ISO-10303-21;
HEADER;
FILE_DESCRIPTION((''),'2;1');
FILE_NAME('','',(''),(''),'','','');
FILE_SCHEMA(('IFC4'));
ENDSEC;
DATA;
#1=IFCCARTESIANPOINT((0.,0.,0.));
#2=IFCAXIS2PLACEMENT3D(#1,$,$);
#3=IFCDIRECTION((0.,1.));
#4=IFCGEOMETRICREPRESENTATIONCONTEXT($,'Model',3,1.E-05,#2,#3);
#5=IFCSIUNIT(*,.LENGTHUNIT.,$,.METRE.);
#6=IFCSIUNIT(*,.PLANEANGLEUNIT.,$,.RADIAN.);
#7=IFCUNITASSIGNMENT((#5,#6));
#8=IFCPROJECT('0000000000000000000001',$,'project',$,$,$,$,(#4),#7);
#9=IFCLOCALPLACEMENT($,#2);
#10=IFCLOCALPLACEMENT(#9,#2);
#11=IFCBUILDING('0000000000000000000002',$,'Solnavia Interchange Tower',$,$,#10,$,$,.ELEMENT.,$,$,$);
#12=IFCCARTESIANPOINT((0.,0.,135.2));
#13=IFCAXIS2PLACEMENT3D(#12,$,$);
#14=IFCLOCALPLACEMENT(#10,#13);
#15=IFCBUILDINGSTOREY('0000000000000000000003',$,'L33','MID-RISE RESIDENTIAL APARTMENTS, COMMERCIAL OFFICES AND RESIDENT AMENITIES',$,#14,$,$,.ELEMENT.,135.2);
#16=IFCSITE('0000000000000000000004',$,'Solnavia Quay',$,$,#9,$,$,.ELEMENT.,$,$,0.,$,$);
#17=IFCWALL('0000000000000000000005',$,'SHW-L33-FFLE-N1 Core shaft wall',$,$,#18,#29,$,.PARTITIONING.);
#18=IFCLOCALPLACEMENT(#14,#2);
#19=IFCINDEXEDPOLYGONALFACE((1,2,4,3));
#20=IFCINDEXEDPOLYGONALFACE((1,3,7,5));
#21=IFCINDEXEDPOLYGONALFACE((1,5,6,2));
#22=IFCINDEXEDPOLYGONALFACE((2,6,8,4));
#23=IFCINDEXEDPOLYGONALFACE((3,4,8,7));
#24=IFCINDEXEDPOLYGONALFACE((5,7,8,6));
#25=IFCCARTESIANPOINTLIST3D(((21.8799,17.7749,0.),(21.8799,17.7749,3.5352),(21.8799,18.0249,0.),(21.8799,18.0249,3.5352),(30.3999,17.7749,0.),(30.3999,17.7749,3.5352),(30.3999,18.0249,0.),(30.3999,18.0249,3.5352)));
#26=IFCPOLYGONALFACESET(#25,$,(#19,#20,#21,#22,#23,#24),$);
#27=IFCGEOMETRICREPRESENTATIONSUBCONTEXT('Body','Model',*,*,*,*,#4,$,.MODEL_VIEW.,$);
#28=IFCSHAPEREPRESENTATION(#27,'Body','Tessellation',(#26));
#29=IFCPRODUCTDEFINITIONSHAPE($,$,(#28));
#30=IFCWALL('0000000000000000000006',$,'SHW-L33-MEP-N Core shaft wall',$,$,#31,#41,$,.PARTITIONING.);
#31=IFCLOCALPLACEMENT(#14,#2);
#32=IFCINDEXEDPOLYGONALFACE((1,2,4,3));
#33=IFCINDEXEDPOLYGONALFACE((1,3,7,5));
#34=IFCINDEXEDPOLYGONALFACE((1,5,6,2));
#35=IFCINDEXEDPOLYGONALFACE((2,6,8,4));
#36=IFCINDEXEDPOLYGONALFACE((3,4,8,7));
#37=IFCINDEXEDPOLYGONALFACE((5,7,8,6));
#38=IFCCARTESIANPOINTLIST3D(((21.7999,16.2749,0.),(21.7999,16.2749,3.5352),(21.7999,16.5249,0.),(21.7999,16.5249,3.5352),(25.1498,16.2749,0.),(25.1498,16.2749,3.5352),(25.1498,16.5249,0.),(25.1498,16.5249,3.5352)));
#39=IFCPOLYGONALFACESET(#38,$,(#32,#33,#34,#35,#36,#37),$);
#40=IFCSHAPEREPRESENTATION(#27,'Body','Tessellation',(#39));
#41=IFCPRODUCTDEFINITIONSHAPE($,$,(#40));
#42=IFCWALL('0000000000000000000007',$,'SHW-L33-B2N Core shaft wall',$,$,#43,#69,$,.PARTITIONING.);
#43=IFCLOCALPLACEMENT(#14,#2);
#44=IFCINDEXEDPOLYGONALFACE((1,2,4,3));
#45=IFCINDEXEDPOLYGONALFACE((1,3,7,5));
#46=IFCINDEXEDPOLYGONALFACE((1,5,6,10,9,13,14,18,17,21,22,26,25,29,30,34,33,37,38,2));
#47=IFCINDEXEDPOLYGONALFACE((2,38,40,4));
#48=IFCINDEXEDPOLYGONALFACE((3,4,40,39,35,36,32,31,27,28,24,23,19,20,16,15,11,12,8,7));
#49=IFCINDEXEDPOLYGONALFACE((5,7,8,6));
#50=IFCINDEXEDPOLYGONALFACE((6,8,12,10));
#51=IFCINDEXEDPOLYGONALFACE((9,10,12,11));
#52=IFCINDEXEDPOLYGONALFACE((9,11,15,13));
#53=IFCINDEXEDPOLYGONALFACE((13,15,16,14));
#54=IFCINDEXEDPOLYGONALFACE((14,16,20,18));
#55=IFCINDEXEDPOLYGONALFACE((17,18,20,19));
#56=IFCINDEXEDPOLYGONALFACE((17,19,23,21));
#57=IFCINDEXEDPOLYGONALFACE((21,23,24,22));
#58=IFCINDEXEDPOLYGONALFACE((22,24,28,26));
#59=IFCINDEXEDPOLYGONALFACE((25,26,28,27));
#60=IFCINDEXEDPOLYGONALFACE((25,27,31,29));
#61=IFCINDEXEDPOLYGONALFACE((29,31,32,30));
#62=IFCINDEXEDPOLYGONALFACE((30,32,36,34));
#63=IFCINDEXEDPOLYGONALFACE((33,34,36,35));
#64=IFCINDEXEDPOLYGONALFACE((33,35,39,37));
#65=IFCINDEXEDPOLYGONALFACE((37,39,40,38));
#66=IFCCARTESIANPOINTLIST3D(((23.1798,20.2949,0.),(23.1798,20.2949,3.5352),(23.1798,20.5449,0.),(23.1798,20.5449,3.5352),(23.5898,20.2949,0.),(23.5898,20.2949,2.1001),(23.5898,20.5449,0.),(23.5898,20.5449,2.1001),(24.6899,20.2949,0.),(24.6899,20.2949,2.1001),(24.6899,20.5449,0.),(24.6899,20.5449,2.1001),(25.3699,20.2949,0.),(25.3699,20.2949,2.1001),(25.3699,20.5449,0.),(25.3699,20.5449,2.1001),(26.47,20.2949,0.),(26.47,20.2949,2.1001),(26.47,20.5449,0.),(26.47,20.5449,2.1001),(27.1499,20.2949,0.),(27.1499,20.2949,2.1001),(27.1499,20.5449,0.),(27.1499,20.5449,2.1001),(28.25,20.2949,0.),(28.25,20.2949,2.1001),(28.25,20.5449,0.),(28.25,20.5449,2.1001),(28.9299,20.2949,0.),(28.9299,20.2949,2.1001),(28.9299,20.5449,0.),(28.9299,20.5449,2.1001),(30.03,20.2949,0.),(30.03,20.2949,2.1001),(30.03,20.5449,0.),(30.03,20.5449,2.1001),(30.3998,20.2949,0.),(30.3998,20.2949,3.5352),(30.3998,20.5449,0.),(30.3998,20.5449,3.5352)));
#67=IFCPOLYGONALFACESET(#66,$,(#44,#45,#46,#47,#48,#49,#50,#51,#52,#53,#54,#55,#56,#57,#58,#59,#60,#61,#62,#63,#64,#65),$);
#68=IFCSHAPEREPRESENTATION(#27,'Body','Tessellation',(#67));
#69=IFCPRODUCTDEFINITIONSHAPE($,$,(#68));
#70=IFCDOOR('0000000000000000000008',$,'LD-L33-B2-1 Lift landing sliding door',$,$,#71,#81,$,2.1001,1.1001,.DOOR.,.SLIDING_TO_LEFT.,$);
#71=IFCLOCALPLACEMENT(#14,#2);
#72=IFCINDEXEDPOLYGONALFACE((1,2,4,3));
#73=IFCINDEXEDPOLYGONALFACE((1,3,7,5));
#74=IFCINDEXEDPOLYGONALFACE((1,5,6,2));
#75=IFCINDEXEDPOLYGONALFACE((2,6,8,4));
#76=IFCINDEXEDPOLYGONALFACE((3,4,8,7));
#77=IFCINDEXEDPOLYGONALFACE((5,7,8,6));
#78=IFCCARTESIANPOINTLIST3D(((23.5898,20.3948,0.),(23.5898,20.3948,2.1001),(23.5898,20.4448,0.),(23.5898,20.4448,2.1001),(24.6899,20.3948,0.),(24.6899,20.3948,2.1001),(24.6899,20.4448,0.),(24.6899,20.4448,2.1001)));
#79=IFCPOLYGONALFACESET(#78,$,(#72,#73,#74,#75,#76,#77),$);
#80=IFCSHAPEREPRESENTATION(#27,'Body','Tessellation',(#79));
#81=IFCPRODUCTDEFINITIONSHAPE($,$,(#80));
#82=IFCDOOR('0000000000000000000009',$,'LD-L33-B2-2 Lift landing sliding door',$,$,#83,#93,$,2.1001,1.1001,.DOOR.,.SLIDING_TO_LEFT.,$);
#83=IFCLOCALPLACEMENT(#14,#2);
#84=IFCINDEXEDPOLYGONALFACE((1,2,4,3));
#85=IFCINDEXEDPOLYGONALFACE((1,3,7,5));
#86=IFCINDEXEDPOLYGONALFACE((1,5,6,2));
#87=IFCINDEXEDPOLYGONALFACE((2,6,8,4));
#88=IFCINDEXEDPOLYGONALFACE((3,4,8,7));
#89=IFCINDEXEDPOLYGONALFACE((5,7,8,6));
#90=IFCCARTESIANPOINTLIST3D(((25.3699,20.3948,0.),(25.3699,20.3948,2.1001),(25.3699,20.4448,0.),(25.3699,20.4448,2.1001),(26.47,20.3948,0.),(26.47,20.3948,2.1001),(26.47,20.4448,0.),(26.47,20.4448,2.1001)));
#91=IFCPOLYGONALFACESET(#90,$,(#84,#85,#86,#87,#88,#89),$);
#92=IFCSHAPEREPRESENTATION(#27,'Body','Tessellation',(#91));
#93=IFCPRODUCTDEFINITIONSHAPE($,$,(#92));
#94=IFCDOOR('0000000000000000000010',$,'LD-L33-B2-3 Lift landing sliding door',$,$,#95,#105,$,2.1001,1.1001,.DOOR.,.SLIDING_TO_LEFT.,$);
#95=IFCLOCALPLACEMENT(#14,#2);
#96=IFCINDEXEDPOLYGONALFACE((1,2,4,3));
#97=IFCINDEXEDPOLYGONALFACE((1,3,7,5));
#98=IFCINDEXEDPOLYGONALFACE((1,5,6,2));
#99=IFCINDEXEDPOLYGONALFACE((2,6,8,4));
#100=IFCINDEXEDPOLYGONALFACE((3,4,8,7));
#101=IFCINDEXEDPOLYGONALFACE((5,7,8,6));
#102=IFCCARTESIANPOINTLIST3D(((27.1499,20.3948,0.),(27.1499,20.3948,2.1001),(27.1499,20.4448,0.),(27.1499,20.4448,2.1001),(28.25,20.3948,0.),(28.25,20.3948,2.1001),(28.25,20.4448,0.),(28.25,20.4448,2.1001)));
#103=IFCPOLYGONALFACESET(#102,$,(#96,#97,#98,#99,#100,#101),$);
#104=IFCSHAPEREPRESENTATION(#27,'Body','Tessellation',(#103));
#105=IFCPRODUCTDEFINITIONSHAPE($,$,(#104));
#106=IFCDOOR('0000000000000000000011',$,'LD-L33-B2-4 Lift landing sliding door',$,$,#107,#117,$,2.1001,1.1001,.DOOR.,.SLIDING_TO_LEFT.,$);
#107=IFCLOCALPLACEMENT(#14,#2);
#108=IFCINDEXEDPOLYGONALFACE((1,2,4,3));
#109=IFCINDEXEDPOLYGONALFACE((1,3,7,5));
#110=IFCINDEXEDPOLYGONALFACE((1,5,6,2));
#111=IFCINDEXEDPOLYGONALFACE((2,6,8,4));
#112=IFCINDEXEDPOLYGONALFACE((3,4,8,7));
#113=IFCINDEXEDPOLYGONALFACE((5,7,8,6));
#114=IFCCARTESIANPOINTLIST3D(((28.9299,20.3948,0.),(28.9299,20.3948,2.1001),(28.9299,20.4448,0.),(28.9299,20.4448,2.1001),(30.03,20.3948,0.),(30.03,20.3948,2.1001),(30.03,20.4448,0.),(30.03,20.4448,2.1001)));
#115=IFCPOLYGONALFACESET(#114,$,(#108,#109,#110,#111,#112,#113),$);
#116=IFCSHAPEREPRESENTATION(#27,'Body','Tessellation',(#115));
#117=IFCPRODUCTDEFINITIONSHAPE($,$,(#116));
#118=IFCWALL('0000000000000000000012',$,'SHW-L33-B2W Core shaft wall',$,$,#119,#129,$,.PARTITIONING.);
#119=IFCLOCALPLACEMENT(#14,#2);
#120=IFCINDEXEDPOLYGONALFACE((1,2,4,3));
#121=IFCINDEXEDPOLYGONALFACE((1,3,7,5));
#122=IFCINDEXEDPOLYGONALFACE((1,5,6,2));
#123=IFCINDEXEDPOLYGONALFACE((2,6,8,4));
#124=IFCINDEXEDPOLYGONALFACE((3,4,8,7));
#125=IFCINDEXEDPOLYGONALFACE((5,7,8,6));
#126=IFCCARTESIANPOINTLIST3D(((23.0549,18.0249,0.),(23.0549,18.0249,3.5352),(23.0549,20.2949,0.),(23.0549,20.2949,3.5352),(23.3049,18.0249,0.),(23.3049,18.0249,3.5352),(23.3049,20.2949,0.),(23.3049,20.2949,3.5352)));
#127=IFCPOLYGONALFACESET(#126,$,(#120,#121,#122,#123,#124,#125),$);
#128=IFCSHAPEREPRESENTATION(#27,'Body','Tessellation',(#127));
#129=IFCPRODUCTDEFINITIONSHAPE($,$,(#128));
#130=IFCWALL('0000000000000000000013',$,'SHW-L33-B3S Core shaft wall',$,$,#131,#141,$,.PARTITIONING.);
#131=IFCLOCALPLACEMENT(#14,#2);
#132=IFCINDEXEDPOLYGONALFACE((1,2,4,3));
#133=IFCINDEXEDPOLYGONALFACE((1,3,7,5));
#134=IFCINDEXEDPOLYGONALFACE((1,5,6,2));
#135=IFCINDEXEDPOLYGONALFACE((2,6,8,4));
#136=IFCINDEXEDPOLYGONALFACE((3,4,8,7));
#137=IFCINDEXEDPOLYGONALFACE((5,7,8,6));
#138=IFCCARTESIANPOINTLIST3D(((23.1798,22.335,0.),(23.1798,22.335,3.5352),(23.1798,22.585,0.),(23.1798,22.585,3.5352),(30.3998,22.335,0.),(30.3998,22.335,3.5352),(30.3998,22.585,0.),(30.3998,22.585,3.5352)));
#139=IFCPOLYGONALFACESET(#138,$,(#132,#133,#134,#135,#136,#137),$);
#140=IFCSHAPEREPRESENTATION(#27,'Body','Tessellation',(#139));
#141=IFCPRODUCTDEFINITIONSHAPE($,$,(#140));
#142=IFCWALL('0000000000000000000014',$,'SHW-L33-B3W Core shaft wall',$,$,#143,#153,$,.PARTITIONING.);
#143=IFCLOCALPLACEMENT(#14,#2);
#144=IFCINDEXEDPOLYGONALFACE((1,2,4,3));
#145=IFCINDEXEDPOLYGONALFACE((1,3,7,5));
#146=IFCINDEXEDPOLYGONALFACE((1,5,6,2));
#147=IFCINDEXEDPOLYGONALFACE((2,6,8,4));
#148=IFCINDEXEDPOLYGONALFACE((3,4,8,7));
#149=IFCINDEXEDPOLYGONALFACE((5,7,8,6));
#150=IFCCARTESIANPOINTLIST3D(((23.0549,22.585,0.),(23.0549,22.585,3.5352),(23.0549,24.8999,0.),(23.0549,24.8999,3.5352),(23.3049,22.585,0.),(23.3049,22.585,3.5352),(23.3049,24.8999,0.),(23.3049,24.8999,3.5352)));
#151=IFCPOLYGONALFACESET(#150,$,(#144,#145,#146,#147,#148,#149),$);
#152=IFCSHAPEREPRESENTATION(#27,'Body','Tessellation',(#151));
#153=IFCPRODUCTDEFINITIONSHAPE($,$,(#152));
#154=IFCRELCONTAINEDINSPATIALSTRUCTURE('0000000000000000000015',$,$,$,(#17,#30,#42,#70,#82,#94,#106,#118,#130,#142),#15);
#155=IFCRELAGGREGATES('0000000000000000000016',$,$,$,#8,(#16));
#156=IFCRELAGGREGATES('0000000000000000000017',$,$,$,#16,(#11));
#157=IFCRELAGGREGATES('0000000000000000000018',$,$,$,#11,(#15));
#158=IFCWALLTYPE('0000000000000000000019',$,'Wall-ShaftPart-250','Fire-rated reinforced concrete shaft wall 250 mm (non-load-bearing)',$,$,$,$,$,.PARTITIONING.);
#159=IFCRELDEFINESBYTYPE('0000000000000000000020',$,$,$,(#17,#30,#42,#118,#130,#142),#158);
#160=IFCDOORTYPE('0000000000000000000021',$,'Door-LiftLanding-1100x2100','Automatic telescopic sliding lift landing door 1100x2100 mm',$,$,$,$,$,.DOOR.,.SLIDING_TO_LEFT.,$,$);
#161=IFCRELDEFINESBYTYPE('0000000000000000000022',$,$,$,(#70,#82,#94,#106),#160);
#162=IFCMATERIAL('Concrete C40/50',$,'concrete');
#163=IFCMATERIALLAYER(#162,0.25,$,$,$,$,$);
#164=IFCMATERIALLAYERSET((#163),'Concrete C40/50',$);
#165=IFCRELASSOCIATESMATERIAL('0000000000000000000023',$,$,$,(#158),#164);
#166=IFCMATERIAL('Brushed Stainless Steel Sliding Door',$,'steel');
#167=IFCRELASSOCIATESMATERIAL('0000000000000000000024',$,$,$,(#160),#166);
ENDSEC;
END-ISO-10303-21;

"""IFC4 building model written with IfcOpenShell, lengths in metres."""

from ifc_helpers import new_model, si_unit, direction, frame, frame_2d, origin, place, context, subcontext, project, spatial, rectangle, extrude, material, layer, layer_set, type_object, element, fill, save


model = new_model("IFC4")

# Units and contexts
model_context = context("Model", 3, precision=1e-05, world=origin(), true_north=direction((0.0, 1.0)))
body_context = subcontext(model_context, "Body", "Model", "MODEL_VIEW")
ifc_project = project(units=[si_unit("LENGTHUNIT", "METRE"), si_unit("PLANEANGLEUNIT", "RADIAN")], contexts=[model_context])

# Site, building, storey
site_placement = place(None, origin())
site = spatial("IfcSite", under=ifc_project, at=site_placement, Name="Solnavia Quay", CompositionType="ELEMENT", RefElevation=0.0)
building_placement = place(site_placement, origin())
building = spatial("IfcBuilding", under=site, at=building_placement, Name="Solnavia Interchange Tower", CompositionType="ELEMENT")
storey_placement = place(building_placement, frame((0.0, 0.0, 135.2)))
storey = spatial("IfcBuildingStorey", under=building, at=storey_placement, Name="L33", Description="MID-RISE RESIDENTIAL APARTMENTS, COMMERCIAL OFFICES AND RESIDENT AMENITIES", CompositionType="ELEMENT", Elevation=135.2)

# Shared definitions
ifc_material_1 = material(Name="Concrete C40/50", Category="concrete")

# Walls
ifc_layer_1 = layer(ifc_material_1, 0.25)
ifc_layer_set_1 = layer_set([ifc_layer_1], Name="Concrete C40/50")
wall_type_1 = type_object("IfcWallType", Name="Wall-ShaftPart-250", Description="Fire-rated reinforced concrete shaft wall 250 mm (non-load-bearing)", PredefinedType="PARTITIONING", material=ifc_layer_set_1)
wall_1_placement = place(storey_placement, frame((21.8799, 17.8999, 0.0), z_axis=(0.0, 0.0, 1.0), x_axis=(1.0, 0.0, 0.0)))
element("IfcWall", 1, at=wall_1_placement, inside=storey, type_object=wall_type_1, Name="SHW-L33-FFLE-N1 Core shaft wall", PredefinedType="PARTITIONING", context=body_context, shape_type="SweptSolid", body=[
    extrude(rectangle(XDim=8.52, YDim=0.25, at=frame_2d((4.26, 0.0))), origin(), (0.0, 0.0, 1.0), 3.5352),
])
wall_2_placement = place(storey_placement, frame((21.8, 16.3999, 0.0), z_axis=(0.0, 0.0, 1.0), x_axis=(1.0, 0.0, 0.0)))
element("IfcWall", 2, at=wall_2_placement, inside=storey, type_object=wall_type_1, Name="SHW-L33-MEP-N Core shaft wall", PredefinedType="PARTITIONING", context=body_context, shape_type="SweptSolid", body=[
    extrude(rectangle(XDim=3.3499, YDim=0.25, at=frame_2d((1.6748, 0.0))), origin(), (0.0, 0.0, 1.0), 3.5352),
])

# Wall, openings, doors
wall_3_placement = place(storey_placement, frame((23.1799, 20.4199, 0.0), z_axis=(0.0, 0.0, 1.0), x_axis=(1.0, 0.0, 0.0)))
wall_3 = element("IfcWall", 3, at=wall_3_placement, inside=storey, type_object=wall_type_1, Name="SHW-L33-B2N Core shaft wall", PredefinedType="PARTITIONING", context=body_context, shape_type="SweptSolid", body=[
    extrude(rectangle(XDim=7.22, YDim=0.25, at=frame_2d((3.6099, 0.0))), origin(), (0.0, 0.0, 1.0), 3.5352),
])
opening_1_placement = place(wall_3_placement, frame((0.4099, 0.0, 0.0)))
opening_1 = element("IfcOpeningElement", 4, at=opening_1_placement, cuts=wall_3, PredefinedType="OPENING", context=body_context, shape_type="SweptSolid", body=[
    extrude(rectangle(XDim=1.1001, YDim=2.1001, at=frame_2d((0.55, 1.05))), frame((0.0, 0.135, 0.0), z_axis=(0.0, -1.0, 0.0), x_axis=(1.0, 0.0, 0.0)), (0.0, 0.0, 1.0), 0.27),
])
opening_2_placement = place(wall_3_placement, frame((2.1899, 0.0, 0.0)))
opening_2 = element("IfcOpeningElement", 5, at=opening_2_placement, cuts=wall_3, PredefinedType="OPENING", context=body_context, shape_type="SweptSolid", body=[
    extrude(rectangle(XDim=1.1001, YDim=2.1001, at=frame_2d((0.55, 1.05))), frame((0.0, 0.135, 0.0), z_axis=(0.0, -1.0, 0.0), x_axis=(1.0, 0.0, 0.0)), (0.0, 0.0, 1.0), 0.27),
])
opening_3_placement = place(wall_3_placement, frame((3.97, 0.0, 0.0)))
opening_3 = element("IfcOpeningElement", 6, at=opening_3_placement, cuts=wall_3, PredefinedType="OPENING", context=body_context, shape_type="SweptSolid", body=[
    extrude(rectangle(XDim=1.1001, YDim=2.1001, at=frame_2d((0.55, 1.05))), frame((0.0, 0.135, 0.0), z_axis=(0.0, -1.0, 0.0), x_axis=(1.0, 0.0, 0.0)), (0.0, 0.0, 1.0), 0.27),
])
opening_4_placement = place(wall_3_placement, frame((5.75, 0.0, 0.0)))
opening_4 = element("IfcOpeningElement", 7, at=opening_4_placement, cuts=wall_3, PredefinedType="OPENING", context=body_context, shape_type="SweptSolid", body=[
    extrude(rectangle(XDim=1.1001, YDim=2.1001, at=frame_2d((0.55, 1.05))), frame((0.0, 0.135, 0.0), z_axis=(0.0, -1.0, 0.0), x_axis=(1.0, 0.0, 0.0)), (0.0, 0.0, 1.0), 0.27),
])
ifc_material_2 = material(Name="Brushed Stainless Steel Sliding Door", Category="steel")
door_type_1 = type_object("IfcDoorType", Name="Door-LiftLanding-1100x2100", Description="Automatic telescopic sliding lift landing door 1100x2100 mm", OperationType="SLIDING_TO_LEFT", PredefinedType="DOOR", material=ifc_material_2)
door_1_placement = place(opening_1_placement, origin())
door_1 = element("IfcDoor", 8, at=door_1_placement, inside=storey, type_object=door_type_1, Name="LD-L33-B2-1 Lift landing sliding door", OperationType="SLIDING_TO_LEFT", OverallHeight=2.1001, OverallWidth=1.1001, PredefinedType="DOOR", context=body_context, shape_type="SweptSolid", body=[
    extrude(rectangle(XDim=1.1001, YDim=2.1001, at=frame_2d((0.55, 1.05))), frame((0.0, 0.0249, 0.0), z_axis=(0.0, -1.0, 0.0), x_axis=(1.0, 0.0, 0.0)), (0.0, 0.0, 1.0), 0.05),
])
fill(opening_1, door_1)
door_2_placement = place(opening_2_placement, origin())
door_2 = element("IfcDoor", 9, at=door_2_placement, inside=storey, type_object=door_type_1, Name="LD-L33-B2-2 Lift landing sliding door", OperationType="SLIDING_TO_LEFT", OverallHeight=2.1001, OverallWidth=1.1001, PredefinedType="DOOR", context=body_context, shape_type="SweptSolid", body=[
    extrude(rectangle(XDim=1.1001, YDim=2.1001, at=frame_2d((0.55, 1.05))), frame((0.0, 0.0249, 0.0), z_axis=(0.0, -1.0, 0.0), x_axis=(1.0, 0.0, 0.0)), (0.0, 0.0, 1.0), 0.05),
])
fill(opening_2, door_2)
door_3_placement = place(opening_3_placement, origin())
door_3 = element("IfcDoor", 10, at=door_3_placement, inside=storey, type_object=door_type_1, Name="LD-L33-B2-3 Lift landing sliding door", OperationType="SLIDING_TO_LEFT", OverallHeight=2.1001, OverallWidth=1.1001, PredefinedType="DOOR", context=body_context, shape_type="SweptSolid", body=[
    extrude(rectangle(XDim=1.1001, YDim=2.1001, at=frame_2d((0.55, 1.05))), frame((0.0, 0.0249, 0.0), z_axis=(0.0, -1.0, 0.0), x_axis=(1.0, 0.0, 0.0)), (0.0, 0.0, 1.0), 0.05),
])
fill(opening_3, door_3)
door_4_placement = place(opening_4_placement, origin())
door_4 = element("IfcDoor", 11, at=door_4_placement, inside=storey, type_object=door_type_1, Name="LD-L33-B2-4 Lift landing sliding door", OperationType="SLIDING_TO_LEFT", OverallHeight=2.1001, OverallWidth=1.1001, PredefinedType="DOOR", context=body_context, shape_type="SweptSolid", body=[
    extrude(rectangle(XDim=1.1001, YDim=2.1001, at=frame_2d((0.55, 1.05))), frame((0.0, 0.0249, 0.0), z_axis=(0.0, -1.0, 0.0), x_axis=(1.0, 0.0, 0.0)), (0.0, 0.0, 1.0), 0.05),
])
fill(opening_4, door_4)

# Walls
wall_4_placement = place(storey_placement, frame((23.1799, 18.0249, 0.0), z_axis=(0.0, 0.0, 1.0), x_axis=(0.0, 1.0, 0.0)))
element("IfcWall", 12, at=wall_4_placement, inside=storey, type_object=wall_type_1, Name="SHW-L33-B2W Core shaft wall", PredefinedType="PARTITIONING", context=body_context, shape_type="SweptSolid", body=[
    extrude(rectangle(XDim=2.27, YDim=0.25, at=frame_2d((1.135, 0.0))), origin(), (0.0, 0.0, 1.0), 3.5352),
])
wall_5_placement = place(storey_placement, frame((23.1799, 22.46, 0.0), z_axis=(0.0, 0.0, 1.0), x_axis=(1.0, 0.0, 0.0)))
element("IfcWall", 13, at=wall_5_placement, inside=storey, type_object=wall_type_1, Name="SHW-L33-B3S Core shaft wall", PredefinedType="PARTITIONING", context=body_context, shape_type="SweptSolid", body=[
    extrude(rectangle(XDim=7.22, YDim=0.25, at=frame_2d((3.6099, 0.0))), origin(), (0.0, 0.0, 1.0), 3.5352),
])
wall_6_placement = place(storey_placement, frame((23.1799, 22.585, 0.0), z_axis=(0.0, 0.0, 1.0), x_axis=(0.0, 1.0, 0.0)))
element("IfcWall", 14, at=wall_6_placement, inside=storey, type_object=wall_type_1, Name="SHW-L33-B3W Core shaft wall", PredefinedType="PARTITIONING", context=body_context, shape_type="SweptSolid", body=[
    extrude(rectangle(XDim=2.3149, YDim=0.25, at=frame_2d((1.1575, 0.0))), origin(), (0.0, 0.0, 1.0), 3.5352),
])

save(model, "model.ifc")
